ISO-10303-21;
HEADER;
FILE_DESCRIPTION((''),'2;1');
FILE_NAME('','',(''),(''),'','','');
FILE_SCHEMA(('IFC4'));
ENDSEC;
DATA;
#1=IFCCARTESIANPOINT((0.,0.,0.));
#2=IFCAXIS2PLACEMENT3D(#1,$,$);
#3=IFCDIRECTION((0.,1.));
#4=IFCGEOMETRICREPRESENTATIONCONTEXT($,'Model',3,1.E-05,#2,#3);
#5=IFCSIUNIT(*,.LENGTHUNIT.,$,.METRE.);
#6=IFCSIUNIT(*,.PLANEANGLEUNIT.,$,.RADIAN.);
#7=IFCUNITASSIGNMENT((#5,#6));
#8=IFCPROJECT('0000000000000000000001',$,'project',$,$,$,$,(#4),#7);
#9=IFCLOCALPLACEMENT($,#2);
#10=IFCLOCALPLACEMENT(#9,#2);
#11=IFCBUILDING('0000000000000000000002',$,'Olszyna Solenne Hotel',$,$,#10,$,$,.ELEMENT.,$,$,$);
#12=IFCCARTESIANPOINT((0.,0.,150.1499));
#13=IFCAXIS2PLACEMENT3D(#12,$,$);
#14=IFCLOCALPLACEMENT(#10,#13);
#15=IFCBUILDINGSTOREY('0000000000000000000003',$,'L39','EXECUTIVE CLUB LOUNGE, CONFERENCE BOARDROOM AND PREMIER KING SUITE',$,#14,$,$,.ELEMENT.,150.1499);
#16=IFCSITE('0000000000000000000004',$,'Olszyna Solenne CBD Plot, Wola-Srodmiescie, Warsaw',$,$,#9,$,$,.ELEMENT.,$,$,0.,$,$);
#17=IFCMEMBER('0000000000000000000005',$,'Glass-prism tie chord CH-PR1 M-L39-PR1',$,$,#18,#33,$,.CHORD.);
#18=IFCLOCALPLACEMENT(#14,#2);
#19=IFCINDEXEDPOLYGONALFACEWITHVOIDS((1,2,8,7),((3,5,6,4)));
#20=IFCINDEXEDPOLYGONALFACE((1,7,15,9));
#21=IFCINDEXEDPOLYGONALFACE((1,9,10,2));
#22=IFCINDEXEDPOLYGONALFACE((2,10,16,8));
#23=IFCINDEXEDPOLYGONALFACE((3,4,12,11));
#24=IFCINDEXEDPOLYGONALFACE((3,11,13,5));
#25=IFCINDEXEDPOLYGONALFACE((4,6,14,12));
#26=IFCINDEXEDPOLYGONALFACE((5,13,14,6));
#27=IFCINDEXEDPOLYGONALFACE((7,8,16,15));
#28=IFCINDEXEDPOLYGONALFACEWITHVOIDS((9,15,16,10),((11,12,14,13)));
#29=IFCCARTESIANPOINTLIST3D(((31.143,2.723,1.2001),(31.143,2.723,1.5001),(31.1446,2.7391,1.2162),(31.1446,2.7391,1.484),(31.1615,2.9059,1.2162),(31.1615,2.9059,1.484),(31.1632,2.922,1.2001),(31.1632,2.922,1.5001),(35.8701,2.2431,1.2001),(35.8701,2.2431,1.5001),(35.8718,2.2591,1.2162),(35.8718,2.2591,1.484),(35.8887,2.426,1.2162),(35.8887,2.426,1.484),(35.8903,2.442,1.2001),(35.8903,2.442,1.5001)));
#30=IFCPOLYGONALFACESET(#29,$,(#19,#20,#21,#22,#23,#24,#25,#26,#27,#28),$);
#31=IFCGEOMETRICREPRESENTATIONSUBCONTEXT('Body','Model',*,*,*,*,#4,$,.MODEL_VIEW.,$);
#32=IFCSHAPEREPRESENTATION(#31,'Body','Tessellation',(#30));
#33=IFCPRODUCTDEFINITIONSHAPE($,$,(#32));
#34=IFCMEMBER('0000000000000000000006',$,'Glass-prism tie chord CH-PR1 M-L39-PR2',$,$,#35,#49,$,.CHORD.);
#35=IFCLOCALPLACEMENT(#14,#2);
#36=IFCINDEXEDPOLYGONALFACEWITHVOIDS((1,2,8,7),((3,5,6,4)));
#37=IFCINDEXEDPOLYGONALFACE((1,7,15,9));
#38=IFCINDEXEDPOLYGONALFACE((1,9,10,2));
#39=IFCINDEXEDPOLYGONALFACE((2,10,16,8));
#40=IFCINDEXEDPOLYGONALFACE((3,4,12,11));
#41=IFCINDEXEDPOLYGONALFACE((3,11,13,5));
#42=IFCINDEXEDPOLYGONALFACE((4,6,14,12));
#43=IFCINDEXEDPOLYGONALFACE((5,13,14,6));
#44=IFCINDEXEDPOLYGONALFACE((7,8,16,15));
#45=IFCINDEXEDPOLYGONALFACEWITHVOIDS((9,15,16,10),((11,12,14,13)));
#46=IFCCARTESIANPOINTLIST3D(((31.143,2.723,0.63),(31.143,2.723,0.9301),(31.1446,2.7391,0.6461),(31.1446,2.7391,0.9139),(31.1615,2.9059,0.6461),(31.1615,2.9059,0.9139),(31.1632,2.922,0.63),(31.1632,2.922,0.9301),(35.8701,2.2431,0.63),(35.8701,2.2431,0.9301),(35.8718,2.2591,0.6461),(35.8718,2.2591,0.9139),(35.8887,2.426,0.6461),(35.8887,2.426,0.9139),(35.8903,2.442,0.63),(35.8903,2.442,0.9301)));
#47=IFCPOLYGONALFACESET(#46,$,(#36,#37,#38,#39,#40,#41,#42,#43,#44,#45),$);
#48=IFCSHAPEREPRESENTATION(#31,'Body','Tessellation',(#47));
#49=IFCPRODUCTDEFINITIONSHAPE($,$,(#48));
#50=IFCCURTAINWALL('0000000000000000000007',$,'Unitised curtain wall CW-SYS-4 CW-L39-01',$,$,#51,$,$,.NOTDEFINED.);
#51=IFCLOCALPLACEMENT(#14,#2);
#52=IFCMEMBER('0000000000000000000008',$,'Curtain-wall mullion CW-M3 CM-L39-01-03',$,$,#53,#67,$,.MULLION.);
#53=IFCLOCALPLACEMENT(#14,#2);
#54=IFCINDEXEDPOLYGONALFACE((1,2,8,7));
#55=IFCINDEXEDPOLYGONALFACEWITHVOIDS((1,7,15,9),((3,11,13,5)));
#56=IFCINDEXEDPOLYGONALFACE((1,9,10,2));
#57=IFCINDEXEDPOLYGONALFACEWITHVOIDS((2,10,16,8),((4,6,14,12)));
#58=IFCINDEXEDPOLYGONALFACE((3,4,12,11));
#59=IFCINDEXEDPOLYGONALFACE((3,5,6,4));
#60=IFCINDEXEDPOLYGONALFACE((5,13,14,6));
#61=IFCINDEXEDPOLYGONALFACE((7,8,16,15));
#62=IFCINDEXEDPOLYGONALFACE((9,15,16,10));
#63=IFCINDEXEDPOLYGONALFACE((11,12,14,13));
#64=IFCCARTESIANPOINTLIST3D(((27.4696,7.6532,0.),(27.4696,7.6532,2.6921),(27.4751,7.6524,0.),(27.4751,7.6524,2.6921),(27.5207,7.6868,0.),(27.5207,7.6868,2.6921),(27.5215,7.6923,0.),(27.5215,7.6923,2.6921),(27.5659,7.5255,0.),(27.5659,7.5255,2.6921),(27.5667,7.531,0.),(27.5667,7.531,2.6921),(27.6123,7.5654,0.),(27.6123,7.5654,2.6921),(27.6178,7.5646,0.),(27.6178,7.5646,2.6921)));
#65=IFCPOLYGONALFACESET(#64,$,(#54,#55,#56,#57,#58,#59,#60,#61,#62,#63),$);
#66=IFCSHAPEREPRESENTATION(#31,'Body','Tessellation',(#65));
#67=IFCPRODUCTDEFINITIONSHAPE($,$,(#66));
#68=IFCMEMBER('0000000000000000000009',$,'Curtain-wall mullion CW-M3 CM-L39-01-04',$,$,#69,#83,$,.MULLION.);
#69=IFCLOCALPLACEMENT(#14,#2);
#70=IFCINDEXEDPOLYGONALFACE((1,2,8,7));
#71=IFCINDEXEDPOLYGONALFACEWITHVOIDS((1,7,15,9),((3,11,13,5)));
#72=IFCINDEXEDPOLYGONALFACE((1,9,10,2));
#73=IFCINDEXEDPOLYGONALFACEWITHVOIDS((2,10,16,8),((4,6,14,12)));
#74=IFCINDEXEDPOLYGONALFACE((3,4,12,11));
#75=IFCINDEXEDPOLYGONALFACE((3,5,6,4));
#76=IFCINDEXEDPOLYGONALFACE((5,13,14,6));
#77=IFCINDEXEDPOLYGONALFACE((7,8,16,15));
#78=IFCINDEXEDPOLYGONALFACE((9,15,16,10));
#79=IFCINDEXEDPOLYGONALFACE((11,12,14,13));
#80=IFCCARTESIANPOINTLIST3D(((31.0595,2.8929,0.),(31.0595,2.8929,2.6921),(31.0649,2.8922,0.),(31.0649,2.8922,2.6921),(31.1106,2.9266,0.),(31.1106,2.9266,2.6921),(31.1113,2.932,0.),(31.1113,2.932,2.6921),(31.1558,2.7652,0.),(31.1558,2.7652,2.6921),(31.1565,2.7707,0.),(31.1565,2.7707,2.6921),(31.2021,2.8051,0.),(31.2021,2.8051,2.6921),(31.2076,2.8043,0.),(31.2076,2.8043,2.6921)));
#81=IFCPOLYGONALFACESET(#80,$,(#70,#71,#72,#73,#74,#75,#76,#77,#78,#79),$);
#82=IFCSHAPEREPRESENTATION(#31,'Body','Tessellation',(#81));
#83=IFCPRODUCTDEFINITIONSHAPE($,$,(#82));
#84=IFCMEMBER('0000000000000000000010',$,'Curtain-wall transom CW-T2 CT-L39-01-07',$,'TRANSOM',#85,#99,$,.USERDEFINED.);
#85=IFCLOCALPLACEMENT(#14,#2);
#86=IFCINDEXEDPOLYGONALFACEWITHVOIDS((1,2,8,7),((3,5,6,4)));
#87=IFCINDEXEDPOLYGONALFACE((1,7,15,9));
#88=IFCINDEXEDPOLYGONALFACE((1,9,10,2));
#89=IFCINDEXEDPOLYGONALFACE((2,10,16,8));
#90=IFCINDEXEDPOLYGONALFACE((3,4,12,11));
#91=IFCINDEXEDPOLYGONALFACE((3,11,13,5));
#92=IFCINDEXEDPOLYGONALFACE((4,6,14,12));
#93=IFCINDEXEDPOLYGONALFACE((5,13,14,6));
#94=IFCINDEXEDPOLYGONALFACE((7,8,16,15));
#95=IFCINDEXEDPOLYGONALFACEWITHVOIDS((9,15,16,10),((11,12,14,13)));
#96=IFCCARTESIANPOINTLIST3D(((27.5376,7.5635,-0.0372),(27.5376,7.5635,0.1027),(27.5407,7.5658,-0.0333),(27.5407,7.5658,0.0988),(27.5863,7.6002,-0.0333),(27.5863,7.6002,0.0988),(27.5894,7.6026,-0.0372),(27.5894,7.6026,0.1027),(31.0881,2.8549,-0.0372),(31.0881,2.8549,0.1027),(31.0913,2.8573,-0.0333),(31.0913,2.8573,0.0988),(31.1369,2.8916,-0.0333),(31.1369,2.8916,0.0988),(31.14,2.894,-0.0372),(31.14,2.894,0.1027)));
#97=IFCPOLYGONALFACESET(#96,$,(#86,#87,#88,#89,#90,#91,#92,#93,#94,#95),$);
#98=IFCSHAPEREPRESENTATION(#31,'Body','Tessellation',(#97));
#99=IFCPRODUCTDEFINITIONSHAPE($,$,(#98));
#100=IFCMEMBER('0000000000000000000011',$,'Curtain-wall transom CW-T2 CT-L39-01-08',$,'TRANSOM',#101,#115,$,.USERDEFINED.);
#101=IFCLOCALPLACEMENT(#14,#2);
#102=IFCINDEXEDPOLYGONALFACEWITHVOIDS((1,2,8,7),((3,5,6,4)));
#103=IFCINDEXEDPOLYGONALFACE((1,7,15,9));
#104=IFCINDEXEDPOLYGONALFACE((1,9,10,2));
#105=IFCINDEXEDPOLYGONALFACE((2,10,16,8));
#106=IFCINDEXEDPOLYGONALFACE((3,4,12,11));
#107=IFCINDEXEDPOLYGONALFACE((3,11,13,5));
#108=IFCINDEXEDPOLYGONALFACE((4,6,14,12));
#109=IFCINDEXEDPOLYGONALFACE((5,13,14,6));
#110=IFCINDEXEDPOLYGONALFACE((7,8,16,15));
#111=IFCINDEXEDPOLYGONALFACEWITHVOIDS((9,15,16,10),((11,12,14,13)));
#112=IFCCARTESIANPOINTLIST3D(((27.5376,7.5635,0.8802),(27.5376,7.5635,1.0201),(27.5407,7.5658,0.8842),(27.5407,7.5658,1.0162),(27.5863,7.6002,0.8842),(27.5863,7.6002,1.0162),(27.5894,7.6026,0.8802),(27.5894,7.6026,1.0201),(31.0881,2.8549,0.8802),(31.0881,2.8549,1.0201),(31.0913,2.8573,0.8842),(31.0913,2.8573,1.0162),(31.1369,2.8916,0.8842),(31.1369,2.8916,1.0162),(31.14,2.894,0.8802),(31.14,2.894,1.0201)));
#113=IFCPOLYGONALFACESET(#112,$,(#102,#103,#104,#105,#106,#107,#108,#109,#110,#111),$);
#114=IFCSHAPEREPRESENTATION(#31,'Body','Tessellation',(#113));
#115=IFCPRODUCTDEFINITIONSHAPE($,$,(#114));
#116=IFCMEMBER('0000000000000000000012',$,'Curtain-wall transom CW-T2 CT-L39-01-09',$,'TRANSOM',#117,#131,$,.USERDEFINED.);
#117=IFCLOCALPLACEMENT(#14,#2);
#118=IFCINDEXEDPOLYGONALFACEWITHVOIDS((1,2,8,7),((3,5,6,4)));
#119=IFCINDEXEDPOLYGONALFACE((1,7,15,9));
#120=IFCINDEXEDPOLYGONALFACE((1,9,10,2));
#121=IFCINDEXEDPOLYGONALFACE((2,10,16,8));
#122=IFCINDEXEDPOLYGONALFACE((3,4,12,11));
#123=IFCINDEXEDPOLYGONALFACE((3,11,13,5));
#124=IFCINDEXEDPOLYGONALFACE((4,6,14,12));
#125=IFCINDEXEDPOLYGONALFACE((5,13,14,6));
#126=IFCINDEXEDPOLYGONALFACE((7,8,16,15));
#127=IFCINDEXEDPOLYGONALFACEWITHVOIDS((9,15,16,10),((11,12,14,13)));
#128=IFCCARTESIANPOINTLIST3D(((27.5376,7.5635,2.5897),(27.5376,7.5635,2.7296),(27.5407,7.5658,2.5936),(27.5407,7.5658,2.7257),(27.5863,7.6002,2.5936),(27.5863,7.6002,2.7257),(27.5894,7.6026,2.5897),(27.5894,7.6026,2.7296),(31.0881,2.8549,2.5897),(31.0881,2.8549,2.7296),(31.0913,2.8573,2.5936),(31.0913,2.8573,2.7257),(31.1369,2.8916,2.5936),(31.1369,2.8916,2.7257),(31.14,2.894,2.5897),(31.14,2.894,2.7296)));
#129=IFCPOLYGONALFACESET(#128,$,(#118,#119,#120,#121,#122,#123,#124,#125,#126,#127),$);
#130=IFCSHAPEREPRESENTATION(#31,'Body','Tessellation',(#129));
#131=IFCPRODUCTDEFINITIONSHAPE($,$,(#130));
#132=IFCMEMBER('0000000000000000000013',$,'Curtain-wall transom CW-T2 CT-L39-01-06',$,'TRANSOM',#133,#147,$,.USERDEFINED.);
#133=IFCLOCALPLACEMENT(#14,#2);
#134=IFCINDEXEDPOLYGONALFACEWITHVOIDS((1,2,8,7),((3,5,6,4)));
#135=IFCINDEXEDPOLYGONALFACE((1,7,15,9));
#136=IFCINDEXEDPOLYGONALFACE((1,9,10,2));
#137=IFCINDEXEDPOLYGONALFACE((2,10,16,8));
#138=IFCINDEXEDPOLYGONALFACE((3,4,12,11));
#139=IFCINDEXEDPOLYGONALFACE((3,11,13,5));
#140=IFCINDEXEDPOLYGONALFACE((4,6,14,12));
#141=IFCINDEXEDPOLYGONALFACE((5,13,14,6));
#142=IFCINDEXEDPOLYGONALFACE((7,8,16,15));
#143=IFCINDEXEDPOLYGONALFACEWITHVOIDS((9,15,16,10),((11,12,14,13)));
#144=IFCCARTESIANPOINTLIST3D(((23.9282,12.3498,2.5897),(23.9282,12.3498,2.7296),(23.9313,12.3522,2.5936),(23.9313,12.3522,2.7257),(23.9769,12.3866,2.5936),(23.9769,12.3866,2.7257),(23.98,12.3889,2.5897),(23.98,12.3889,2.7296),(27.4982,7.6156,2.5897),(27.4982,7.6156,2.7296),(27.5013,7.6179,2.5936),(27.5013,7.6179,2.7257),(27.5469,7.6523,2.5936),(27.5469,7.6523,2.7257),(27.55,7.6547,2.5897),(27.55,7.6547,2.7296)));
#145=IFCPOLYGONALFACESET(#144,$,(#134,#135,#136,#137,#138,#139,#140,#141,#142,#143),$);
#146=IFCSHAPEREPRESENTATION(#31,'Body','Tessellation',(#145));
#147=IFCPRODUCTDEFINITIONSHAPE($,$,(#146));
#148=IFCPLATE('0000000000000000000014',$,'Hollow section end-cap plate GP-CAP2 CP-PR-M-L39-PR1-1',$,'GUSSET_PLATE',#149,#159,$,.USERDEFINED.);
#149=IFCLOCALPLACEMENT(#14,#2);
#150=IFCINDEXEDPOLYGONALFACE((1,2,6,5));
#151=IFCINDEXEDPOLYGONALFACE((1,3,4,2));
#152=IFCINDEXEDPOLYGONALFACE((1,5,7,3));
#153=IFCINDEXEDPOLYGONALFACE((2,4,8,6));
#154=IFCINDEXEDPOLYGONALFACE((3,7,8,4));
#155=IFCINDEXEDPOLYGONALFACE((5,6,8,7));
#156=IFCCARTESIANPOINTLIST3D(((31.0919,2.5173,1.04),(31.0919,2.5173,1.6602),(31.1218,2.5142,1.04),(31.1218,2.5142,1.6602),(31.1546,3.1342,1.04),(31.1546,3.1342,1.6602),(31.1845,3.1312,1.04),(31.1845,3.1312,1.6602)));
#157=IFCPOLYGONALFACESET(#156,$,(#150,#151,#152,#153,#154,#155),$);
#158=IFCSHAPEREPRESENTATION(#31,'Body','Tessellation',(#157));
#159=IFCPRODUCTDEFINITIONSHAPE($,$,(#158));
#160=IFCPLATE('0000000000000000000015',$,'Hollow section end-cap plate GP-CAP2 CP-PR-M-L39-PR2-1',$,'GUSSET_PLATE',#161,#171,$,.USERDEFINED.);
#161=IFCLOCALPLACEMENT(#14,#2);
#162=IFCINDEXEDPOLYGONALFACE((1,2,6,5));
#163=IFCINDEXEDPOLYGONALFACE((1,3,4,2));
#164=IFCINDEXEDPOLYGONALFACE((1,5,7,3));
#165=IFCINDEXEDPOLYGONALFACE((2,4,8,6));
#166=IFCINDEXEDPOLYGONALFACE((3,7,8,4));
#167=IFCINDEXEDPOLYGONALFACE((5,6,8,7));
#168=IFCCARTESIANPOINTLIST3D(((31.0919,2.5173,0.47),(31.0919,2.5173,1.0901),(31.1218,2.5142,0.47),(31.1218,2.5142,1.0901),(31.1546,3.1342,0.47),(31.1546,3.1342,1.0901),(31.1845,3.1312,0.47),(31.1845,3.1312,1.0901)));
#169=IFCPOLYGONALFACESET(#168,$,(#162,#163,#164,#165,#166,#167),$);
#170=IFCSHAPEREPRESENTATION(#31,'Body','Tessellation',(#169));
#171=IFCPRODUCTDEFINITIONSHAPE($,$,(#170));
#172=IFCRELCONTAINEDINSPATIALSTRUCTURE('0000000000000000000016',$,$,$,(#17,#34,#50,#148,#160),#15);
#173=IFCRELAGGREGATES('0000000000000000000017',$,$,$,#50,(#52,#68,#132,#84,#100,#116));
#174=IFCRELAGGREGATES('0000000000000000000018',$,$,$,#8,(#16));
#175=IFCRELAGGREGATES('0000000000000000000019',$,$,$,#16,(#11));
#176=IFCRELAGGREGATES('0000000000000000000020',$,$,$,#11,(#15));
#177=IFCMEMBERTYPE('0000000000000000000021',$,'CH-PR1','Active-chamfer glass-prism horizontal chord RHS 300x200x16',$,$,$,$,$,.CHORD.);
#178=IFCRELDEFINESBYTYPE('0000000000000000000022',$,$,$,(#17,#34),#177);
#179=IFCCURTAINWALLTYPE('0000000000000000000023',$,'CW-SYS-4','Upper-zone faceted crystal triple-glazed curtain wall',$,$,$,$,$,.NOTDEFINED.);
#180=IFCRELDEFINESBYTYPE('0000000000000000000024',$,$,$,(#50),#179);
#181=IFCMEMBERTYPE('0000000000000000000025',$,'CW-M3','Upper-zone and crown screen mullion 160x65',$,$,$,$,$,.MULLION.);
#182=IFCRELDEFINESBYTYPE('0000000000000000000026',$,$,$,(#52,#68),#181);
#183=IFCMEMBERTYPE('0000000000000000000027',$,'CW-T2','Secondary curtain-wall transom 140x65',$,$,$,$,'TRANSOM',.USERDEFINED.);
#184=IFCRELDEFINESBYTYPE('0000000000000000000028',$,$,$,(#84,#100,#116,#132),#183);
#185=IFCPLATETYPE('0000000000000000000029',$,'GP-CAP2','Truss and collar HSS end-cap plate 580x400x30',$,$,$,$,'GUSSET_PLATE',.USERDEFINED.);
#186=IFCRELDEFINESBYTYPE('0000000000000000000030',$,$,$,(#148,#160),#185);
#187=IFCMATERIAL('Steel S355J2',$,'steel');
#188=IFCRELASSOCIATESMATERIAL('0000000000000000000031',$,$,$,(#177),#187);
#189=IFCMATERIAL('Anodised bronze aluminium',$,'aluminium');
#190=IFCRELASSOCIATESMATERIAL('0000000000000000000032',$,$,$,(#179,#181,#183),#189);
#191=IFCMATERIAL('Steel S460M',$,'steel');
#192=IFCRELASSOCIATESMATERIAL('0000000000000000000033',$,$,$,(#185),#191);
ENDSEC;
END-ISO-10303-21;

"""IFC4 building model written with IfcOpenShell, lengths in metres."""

from ifc_helpers import new_model, si_unit, direction, frame, origin, origin_2d, place, context, subcontext, project, spatial, rectangle, hollow_rectangle, extrude, source, transform, mapped, material, material_profile, profile_set, type_object, element, aggregate, save


model = new_model("IFC4")

# Units and contexts
model_context = context("Model", 3, precision=1e-05, world=origin(), true_north=direction((0.0, 1.0)))
body_context = subcontext(model_context, "Body", "Model", "MODEL_VIEW")
ifc_project = project(units=[si_unit("LENGTHUNIT", "METRE"), si_unit("PLANEANGLEUNIT", "RADIAN")], contexts=[model_context])

# Site, building, storey
site_placement = place(None, origin())
site = spatial("IfcSite", under=ifc_project, at=site_placement, Name="Olszyna Solenne CBD Plot, Wola-Srodmiescie, Warsaw", CompositionType="ELEMENT", RefElevation=0.0)
building_placement = place(site_placement, origin())
building = spatial("IfcBuilding", under=site, at=building_placement, Name="Olszyna Solenne Hotel", CompositionType="ELEMENT")
storey_placement = place(building_placement, frame((0.0, 0.0, 150.1499)))
storey = spatial("IfcBuildingStorey", under=building, at=storey_placement, Name="L39", Description="EXECUTIVE CLUB LOUNGE, CONFERENCE BOARDROOM AND PREMIER KING SUITE", CompositionType="ELEMENT", Elevation=150.1499)

# Shared definitions
ifc_material_1 = material(Name="Steel S460M", Category="steel")

# Shared definitions
ifc_material_2 = material(Name="Steel S355J2", Category="steel")

# Members
ifc_material_profile_1 = material_profile(ifc_material_2, hollow_rectangle(XDim=0.2, YDim=0.3, WallThickness=0.0161, at=origin_2d()), Name="RHS 300x200x16", Category="load-bearing")
ifc_profile_set_1 = profile_set([ifc_material_profile_1], Name="Steel S355J2")
member_type_1 = type_object("IfcMemberType", Name="CH-PR1", Description="Active-chamfer glass-prism horizontal chord RHS 300x200x16", PredefinedType="CHORD", material=ifc_profile_set_1)
shared_shape_1 = source(origin(), body_context, "Body", "SweptSolid", [
    extrude(hollow_rectangle(XDim=0.2, YDim=0.3, WallThickness=0.0161, at=origin_2d()), origin(), (0.0, 0.0, 1.0), 4.7515),
])
for number, where, z_axis, x_axis, name in (
    (1, (31.1531, 2.8225, 1.3501), (0.994884, -0.10102, 0.0), (0.10102, 0.994884, 0.0), "Glass-prism tie chord CH-PR1 M-L39-PR1"),
    (2, (31.1531, 2.8225, 0.78), (0.994884, -0.10102, 0.0), (0.10102, 0.994884, 0.0), "Glass-prism tie chord CH-PR1 M-L39-PR2"),
):
    element("IfcMember", number, at=place(storey_placement, frame(where, z_axis=z_axis, x_axis=x_axis)), inside=storey, type_object=member_type_1, Name=name, PredefinedType="CHORD", context=body_context, shape_type="MappedRepresentation", body=[
        mapped(shared_shape_1, transform((0.0, 0.0, 0.0), x_axis=(1.0, 0.0, 0.0), y_axis=(0.0, 1.0, 0.0), z_axis=(0.0, 0.0, 1.0), scale=1.0)),
    ])

# Curtain wall, members
ifc_material_3 = material(Name="Anodised bronze aluminium", Category="aluminium")
curtain_wall_type = type_object("IfcCurtainWallType", Name="CW-SYS-4", Description="Upper-zone faceted crystal triple-glazed curtain wall", PredefinedType="NOTDEFINED", material=ifc_material_3)
curtain_wall_placement = place(storey_placement, origin())
curtain_wall = element("IfcCurtainWall", 3, at=curtain_wall_placement, inside=storey, type_object=curtain_wall_type, Name="Unitised curtain wall CW-SYS-4 CW-L39-01", PredefinedType="NOTDEFINED")
ifc_material_profile_2 = material_profile(ifc_material_3, hollow_rectangle(XDim=0.0649, YDim=0.1599, WallThickness=0.0039, at=origin_2d()), Name="MULL 160x65x4", Category="load-bearing")
ifc_profile_set_2 = profile_set([ifc_material_profile_2], Name="Anodised bronze aluminium")
member_type_2 = type_object("IfcMemberType", Name="CW-M3", Description="Upper-zone and crown screen mullion 160x65", PredefinedType="MULLION", material=ifc_profile_set_2)
shared_shape_2 = source(origin(), body_context, "Body", "SweptSolid", [
    extrude(hollow_rectangle(XDim=0.0649, YDim=0.1599, WallThickness=0.0039, at=origin_2d()), origin(), (0.0, 0.0, 1.0), 2.6921),
])
member_1_placement = place(storey_placement, frame((27.5437, 7.6089, 0.0), z_axis=(0.0, 0.0, 1.0), x_axis=(0.798436, 0.60208, 0.0)))
member_1 = element("IfcMember", 4, at=member_1_placement, type_object=member_type_2, Name="Curtain-wall mullion CW-M3 CM-L39-01-03", PredefinedType="MULLION", context=body_context, shape_type="MappedRepresentation", body=[
    mapped(shared_shape_2, transform((0.0, 0.0, 0.0), x_axis=(1.0, 0.0, 0.0), y_axis=(0.0, 1.0, 0.0), z_axis=(0.0, 0.0, 1.0), scale=1.0)),
])
member_2_placement = place(storey_placement, frame((31.1335, 2.8486, 0.0), z_axis=(0.0, 0.0, 1.0), x_axis=(0.798436, 0.60208, 0.0)))
member_2 = element("IfcMember", 5, at=member_2_placement, type_object=member_type_2, Name="Curtain-wall mullion CW-M3 CM-L39-01-04", PredefinedType="MULLION", context=body_context, shape_type="MappedRepresentation", body=[
    mapped(shared_shape_2, transform((0.0, 0.0, 0.0), x_axis=(1.0, 0.0, 0.0), y_axis=(0.0, 1.0, 0.0), z_axis=(0.0, 0.0, 1.0), scale=1.0)),
])
ifc_material_profile_3 = material_profile(ifc_material_3, hollow_rectangle(XDim=0.0649, YDim=0.1399, WallThickness=0.0039, at=origin_2d()), Name="TRAN 140x65x4", Category="load-bearing")
ifc_profile_set_3 = profile_set([ifc_material_profile_3], Name="Anodised bronze aluminium")
member_type_3 = type_object("IfcMemberType", Name="CW-T2", Description="Secondary curtain-wall transom 140x65", ElementType="TRANSOM", PredefinedType="USERDEFINED", material=ifc_profile_set_3)
shared_shape_3 = source(origin(), body_context, "Body", "SweptSolid", [
    extrude(hollow_rectangle(XDim=0.0649, YDim=0.1399, WallThickness=0.0039, at=origin_2d()), origin(), (0.0, 0.0, 1.0), 5.8972),
])
member_3_placement = place(storey_placement, frame((27.5635, 7.583, 0.0327), z_axis=(0.602078, -0.798437, 0.0), x_axis=(0.798437, 0.602078, 0.0)))
member_3 = element("IfcMember", 6, at=member_3_placement, type_object=member_type_3, Name="Curtain-wall transom CW-T2 CT-L39-01-07", ObjectType="TRANSOM", PredefinedType="USERDEFINED", context=body_context, shape_type="MappedRepresentation", body=[
    mapped(shared_shape_3, transform((0.0, 0.0, 0.0), x_axis=(1.0, 0.0, 0.0), y_axis=(0.0, 1.0, 0.0), z_axis=(0.0, 0.0, 1.0), scale=1.0)),
])
member_4_placement = place(storey_placement, frame((27.5635, 7.583, 0.9502), z_axis=(0.602078, -0.798437, 0.0), x_axis=(0.798437, 0.602078, 0.0)))
member_4 = element("IfcMember", 7, at=member_4_placement, type_object=member_type_3, Name="Curtain-wall transom CW-T2 CT-L39-01-08", ObjectType="TRANSOM", PredefinedType="USERDEFINED", context=body_context, shape_type="MappedRepresentation", body=[
    mapped(shared_shape_3, transform((0.0, 0.0, 0.0), x_axis=(1.0, 0.0, 0.0), y_axis=(0.0, 1.0, 0.0), z_axis=(0.0, 0.0, 1.0), scale=1.0)),
])
member_5_placement = place(storey_placement, frame((27.5635, 7.583, 2.6597), z_axis=(0.602078, -0.798437, 0.0), x_axis=(0.798437, 0.602078, 0.0)))
member_5 = element("IfcMember", 8, at=member_5_placement, type_object=member_type_3, Name="Curtain-wall transom CW-T2 CT-L39-01-09", ObjectType="TRANSOM", PredefinedType="USERDEFINED", context=body_context, shape_type="MappedRepresentation", body=[
    mapped(shared_shape_3, transform((0.0, 0.0, 0.0), x_axis=(1.0, 0.0, 0.0), y_axis=(0.0, 1.0, 0.0), z_axis=(0.0, 0.0, 1.0), scale=1.0)),
])
shared_shape_4 = source(origin(), body_context, "Body", "SweptSolid", [
    extrude(hollow_rectangle(XDim=0.0649, YDim=0.1399, WallThickness=0.0039, at=origin_2d()), origin(), (0.0, 0.0, 1.0), 5.9294),
])
member_6_placement = place(storey_placement, frame((23.9541, 12.3694, 2.6597), z_axis=(0.60208, -0.798436, 0.0), x_axis=(0.798436, 0.60208, 0.0)))
member_6 = element("IfcMember", 9, at=member_6_placement, type_object=member_type_3, Name="Curtain-wall transom CW-T2 CT-L39-01-06", ObjectType="TRANSOM", PredefinedType="USERDEFINED", context=body_context, shape_type="MappedRepresentation", body=[
    mapped(shared_shape_4, transform((0.0, 0.0, 0.0), x_axis=(1.0, 0.0, 0.0), y_axis=(0.0, 1.0, 0.0), z_axis=(0.0, 0.0, 1.0), scale=1.0)),
])

# Plates
plate_type_1 = type_object("IfcPlateType", Name="GP-CAP2", Description="Truss and collar HSS end-cap plate 580x400x30", ElementType="GUSSET_PLATE", PredefinedType="USERDEFINED", material=ifc_material_1)
shared_shape_5 = source(origin(), body_context, "Body", "SweptSolid", [
    extrude(rectangle(XDim=0.03, YDim=0.6201, at=origin_2d()), origin(), (0.0, 0.0, 1.0), 0.6201),
])
for number, where, z_axis, x_axis, name in (
    (10, (31.1382, 2.8242, 1.04), (0.0, 0.0, 1.0), (0.994881, -0.101056, 0.0), "Hollow section end-cap plate GP-CAP2 CP-PR-M-L39-PR1-1"),
    (11, (31.1382, 2.8242, 0.47), (0.0, 0.0, 1.0), (0.994881, -0.101056, 0.0), "Hollow section end-cap plate GP-CAP2 CP-PR-M-L39-PR2-1"),
):
    element("IfcPlate", number, at=place(storey_placement, frame(where, z_axis=z_axis, x_axis=x_axis)), inside=storey, type_object=plate_type_1, Name=name, ObjectType="GUSSET_PLATE", PredefinedType="USERDEFINED", context=body_context, shape_type="MappedRepresentation", body=[
        mapped(shared_shape_5, transform((0.0, 0.0, 0.0), x_axis=(1.0, 0.0, 0.0), y_axis=(0.0, 1.0, 0.0), z_axis=(0.0, 0.0, 1.0), scale=1.0)),
    ])

aggregate(curtain_wall, [member_1, member_2, member_6, member_3, member_4, member_5])

save(model, "model.ifc")
